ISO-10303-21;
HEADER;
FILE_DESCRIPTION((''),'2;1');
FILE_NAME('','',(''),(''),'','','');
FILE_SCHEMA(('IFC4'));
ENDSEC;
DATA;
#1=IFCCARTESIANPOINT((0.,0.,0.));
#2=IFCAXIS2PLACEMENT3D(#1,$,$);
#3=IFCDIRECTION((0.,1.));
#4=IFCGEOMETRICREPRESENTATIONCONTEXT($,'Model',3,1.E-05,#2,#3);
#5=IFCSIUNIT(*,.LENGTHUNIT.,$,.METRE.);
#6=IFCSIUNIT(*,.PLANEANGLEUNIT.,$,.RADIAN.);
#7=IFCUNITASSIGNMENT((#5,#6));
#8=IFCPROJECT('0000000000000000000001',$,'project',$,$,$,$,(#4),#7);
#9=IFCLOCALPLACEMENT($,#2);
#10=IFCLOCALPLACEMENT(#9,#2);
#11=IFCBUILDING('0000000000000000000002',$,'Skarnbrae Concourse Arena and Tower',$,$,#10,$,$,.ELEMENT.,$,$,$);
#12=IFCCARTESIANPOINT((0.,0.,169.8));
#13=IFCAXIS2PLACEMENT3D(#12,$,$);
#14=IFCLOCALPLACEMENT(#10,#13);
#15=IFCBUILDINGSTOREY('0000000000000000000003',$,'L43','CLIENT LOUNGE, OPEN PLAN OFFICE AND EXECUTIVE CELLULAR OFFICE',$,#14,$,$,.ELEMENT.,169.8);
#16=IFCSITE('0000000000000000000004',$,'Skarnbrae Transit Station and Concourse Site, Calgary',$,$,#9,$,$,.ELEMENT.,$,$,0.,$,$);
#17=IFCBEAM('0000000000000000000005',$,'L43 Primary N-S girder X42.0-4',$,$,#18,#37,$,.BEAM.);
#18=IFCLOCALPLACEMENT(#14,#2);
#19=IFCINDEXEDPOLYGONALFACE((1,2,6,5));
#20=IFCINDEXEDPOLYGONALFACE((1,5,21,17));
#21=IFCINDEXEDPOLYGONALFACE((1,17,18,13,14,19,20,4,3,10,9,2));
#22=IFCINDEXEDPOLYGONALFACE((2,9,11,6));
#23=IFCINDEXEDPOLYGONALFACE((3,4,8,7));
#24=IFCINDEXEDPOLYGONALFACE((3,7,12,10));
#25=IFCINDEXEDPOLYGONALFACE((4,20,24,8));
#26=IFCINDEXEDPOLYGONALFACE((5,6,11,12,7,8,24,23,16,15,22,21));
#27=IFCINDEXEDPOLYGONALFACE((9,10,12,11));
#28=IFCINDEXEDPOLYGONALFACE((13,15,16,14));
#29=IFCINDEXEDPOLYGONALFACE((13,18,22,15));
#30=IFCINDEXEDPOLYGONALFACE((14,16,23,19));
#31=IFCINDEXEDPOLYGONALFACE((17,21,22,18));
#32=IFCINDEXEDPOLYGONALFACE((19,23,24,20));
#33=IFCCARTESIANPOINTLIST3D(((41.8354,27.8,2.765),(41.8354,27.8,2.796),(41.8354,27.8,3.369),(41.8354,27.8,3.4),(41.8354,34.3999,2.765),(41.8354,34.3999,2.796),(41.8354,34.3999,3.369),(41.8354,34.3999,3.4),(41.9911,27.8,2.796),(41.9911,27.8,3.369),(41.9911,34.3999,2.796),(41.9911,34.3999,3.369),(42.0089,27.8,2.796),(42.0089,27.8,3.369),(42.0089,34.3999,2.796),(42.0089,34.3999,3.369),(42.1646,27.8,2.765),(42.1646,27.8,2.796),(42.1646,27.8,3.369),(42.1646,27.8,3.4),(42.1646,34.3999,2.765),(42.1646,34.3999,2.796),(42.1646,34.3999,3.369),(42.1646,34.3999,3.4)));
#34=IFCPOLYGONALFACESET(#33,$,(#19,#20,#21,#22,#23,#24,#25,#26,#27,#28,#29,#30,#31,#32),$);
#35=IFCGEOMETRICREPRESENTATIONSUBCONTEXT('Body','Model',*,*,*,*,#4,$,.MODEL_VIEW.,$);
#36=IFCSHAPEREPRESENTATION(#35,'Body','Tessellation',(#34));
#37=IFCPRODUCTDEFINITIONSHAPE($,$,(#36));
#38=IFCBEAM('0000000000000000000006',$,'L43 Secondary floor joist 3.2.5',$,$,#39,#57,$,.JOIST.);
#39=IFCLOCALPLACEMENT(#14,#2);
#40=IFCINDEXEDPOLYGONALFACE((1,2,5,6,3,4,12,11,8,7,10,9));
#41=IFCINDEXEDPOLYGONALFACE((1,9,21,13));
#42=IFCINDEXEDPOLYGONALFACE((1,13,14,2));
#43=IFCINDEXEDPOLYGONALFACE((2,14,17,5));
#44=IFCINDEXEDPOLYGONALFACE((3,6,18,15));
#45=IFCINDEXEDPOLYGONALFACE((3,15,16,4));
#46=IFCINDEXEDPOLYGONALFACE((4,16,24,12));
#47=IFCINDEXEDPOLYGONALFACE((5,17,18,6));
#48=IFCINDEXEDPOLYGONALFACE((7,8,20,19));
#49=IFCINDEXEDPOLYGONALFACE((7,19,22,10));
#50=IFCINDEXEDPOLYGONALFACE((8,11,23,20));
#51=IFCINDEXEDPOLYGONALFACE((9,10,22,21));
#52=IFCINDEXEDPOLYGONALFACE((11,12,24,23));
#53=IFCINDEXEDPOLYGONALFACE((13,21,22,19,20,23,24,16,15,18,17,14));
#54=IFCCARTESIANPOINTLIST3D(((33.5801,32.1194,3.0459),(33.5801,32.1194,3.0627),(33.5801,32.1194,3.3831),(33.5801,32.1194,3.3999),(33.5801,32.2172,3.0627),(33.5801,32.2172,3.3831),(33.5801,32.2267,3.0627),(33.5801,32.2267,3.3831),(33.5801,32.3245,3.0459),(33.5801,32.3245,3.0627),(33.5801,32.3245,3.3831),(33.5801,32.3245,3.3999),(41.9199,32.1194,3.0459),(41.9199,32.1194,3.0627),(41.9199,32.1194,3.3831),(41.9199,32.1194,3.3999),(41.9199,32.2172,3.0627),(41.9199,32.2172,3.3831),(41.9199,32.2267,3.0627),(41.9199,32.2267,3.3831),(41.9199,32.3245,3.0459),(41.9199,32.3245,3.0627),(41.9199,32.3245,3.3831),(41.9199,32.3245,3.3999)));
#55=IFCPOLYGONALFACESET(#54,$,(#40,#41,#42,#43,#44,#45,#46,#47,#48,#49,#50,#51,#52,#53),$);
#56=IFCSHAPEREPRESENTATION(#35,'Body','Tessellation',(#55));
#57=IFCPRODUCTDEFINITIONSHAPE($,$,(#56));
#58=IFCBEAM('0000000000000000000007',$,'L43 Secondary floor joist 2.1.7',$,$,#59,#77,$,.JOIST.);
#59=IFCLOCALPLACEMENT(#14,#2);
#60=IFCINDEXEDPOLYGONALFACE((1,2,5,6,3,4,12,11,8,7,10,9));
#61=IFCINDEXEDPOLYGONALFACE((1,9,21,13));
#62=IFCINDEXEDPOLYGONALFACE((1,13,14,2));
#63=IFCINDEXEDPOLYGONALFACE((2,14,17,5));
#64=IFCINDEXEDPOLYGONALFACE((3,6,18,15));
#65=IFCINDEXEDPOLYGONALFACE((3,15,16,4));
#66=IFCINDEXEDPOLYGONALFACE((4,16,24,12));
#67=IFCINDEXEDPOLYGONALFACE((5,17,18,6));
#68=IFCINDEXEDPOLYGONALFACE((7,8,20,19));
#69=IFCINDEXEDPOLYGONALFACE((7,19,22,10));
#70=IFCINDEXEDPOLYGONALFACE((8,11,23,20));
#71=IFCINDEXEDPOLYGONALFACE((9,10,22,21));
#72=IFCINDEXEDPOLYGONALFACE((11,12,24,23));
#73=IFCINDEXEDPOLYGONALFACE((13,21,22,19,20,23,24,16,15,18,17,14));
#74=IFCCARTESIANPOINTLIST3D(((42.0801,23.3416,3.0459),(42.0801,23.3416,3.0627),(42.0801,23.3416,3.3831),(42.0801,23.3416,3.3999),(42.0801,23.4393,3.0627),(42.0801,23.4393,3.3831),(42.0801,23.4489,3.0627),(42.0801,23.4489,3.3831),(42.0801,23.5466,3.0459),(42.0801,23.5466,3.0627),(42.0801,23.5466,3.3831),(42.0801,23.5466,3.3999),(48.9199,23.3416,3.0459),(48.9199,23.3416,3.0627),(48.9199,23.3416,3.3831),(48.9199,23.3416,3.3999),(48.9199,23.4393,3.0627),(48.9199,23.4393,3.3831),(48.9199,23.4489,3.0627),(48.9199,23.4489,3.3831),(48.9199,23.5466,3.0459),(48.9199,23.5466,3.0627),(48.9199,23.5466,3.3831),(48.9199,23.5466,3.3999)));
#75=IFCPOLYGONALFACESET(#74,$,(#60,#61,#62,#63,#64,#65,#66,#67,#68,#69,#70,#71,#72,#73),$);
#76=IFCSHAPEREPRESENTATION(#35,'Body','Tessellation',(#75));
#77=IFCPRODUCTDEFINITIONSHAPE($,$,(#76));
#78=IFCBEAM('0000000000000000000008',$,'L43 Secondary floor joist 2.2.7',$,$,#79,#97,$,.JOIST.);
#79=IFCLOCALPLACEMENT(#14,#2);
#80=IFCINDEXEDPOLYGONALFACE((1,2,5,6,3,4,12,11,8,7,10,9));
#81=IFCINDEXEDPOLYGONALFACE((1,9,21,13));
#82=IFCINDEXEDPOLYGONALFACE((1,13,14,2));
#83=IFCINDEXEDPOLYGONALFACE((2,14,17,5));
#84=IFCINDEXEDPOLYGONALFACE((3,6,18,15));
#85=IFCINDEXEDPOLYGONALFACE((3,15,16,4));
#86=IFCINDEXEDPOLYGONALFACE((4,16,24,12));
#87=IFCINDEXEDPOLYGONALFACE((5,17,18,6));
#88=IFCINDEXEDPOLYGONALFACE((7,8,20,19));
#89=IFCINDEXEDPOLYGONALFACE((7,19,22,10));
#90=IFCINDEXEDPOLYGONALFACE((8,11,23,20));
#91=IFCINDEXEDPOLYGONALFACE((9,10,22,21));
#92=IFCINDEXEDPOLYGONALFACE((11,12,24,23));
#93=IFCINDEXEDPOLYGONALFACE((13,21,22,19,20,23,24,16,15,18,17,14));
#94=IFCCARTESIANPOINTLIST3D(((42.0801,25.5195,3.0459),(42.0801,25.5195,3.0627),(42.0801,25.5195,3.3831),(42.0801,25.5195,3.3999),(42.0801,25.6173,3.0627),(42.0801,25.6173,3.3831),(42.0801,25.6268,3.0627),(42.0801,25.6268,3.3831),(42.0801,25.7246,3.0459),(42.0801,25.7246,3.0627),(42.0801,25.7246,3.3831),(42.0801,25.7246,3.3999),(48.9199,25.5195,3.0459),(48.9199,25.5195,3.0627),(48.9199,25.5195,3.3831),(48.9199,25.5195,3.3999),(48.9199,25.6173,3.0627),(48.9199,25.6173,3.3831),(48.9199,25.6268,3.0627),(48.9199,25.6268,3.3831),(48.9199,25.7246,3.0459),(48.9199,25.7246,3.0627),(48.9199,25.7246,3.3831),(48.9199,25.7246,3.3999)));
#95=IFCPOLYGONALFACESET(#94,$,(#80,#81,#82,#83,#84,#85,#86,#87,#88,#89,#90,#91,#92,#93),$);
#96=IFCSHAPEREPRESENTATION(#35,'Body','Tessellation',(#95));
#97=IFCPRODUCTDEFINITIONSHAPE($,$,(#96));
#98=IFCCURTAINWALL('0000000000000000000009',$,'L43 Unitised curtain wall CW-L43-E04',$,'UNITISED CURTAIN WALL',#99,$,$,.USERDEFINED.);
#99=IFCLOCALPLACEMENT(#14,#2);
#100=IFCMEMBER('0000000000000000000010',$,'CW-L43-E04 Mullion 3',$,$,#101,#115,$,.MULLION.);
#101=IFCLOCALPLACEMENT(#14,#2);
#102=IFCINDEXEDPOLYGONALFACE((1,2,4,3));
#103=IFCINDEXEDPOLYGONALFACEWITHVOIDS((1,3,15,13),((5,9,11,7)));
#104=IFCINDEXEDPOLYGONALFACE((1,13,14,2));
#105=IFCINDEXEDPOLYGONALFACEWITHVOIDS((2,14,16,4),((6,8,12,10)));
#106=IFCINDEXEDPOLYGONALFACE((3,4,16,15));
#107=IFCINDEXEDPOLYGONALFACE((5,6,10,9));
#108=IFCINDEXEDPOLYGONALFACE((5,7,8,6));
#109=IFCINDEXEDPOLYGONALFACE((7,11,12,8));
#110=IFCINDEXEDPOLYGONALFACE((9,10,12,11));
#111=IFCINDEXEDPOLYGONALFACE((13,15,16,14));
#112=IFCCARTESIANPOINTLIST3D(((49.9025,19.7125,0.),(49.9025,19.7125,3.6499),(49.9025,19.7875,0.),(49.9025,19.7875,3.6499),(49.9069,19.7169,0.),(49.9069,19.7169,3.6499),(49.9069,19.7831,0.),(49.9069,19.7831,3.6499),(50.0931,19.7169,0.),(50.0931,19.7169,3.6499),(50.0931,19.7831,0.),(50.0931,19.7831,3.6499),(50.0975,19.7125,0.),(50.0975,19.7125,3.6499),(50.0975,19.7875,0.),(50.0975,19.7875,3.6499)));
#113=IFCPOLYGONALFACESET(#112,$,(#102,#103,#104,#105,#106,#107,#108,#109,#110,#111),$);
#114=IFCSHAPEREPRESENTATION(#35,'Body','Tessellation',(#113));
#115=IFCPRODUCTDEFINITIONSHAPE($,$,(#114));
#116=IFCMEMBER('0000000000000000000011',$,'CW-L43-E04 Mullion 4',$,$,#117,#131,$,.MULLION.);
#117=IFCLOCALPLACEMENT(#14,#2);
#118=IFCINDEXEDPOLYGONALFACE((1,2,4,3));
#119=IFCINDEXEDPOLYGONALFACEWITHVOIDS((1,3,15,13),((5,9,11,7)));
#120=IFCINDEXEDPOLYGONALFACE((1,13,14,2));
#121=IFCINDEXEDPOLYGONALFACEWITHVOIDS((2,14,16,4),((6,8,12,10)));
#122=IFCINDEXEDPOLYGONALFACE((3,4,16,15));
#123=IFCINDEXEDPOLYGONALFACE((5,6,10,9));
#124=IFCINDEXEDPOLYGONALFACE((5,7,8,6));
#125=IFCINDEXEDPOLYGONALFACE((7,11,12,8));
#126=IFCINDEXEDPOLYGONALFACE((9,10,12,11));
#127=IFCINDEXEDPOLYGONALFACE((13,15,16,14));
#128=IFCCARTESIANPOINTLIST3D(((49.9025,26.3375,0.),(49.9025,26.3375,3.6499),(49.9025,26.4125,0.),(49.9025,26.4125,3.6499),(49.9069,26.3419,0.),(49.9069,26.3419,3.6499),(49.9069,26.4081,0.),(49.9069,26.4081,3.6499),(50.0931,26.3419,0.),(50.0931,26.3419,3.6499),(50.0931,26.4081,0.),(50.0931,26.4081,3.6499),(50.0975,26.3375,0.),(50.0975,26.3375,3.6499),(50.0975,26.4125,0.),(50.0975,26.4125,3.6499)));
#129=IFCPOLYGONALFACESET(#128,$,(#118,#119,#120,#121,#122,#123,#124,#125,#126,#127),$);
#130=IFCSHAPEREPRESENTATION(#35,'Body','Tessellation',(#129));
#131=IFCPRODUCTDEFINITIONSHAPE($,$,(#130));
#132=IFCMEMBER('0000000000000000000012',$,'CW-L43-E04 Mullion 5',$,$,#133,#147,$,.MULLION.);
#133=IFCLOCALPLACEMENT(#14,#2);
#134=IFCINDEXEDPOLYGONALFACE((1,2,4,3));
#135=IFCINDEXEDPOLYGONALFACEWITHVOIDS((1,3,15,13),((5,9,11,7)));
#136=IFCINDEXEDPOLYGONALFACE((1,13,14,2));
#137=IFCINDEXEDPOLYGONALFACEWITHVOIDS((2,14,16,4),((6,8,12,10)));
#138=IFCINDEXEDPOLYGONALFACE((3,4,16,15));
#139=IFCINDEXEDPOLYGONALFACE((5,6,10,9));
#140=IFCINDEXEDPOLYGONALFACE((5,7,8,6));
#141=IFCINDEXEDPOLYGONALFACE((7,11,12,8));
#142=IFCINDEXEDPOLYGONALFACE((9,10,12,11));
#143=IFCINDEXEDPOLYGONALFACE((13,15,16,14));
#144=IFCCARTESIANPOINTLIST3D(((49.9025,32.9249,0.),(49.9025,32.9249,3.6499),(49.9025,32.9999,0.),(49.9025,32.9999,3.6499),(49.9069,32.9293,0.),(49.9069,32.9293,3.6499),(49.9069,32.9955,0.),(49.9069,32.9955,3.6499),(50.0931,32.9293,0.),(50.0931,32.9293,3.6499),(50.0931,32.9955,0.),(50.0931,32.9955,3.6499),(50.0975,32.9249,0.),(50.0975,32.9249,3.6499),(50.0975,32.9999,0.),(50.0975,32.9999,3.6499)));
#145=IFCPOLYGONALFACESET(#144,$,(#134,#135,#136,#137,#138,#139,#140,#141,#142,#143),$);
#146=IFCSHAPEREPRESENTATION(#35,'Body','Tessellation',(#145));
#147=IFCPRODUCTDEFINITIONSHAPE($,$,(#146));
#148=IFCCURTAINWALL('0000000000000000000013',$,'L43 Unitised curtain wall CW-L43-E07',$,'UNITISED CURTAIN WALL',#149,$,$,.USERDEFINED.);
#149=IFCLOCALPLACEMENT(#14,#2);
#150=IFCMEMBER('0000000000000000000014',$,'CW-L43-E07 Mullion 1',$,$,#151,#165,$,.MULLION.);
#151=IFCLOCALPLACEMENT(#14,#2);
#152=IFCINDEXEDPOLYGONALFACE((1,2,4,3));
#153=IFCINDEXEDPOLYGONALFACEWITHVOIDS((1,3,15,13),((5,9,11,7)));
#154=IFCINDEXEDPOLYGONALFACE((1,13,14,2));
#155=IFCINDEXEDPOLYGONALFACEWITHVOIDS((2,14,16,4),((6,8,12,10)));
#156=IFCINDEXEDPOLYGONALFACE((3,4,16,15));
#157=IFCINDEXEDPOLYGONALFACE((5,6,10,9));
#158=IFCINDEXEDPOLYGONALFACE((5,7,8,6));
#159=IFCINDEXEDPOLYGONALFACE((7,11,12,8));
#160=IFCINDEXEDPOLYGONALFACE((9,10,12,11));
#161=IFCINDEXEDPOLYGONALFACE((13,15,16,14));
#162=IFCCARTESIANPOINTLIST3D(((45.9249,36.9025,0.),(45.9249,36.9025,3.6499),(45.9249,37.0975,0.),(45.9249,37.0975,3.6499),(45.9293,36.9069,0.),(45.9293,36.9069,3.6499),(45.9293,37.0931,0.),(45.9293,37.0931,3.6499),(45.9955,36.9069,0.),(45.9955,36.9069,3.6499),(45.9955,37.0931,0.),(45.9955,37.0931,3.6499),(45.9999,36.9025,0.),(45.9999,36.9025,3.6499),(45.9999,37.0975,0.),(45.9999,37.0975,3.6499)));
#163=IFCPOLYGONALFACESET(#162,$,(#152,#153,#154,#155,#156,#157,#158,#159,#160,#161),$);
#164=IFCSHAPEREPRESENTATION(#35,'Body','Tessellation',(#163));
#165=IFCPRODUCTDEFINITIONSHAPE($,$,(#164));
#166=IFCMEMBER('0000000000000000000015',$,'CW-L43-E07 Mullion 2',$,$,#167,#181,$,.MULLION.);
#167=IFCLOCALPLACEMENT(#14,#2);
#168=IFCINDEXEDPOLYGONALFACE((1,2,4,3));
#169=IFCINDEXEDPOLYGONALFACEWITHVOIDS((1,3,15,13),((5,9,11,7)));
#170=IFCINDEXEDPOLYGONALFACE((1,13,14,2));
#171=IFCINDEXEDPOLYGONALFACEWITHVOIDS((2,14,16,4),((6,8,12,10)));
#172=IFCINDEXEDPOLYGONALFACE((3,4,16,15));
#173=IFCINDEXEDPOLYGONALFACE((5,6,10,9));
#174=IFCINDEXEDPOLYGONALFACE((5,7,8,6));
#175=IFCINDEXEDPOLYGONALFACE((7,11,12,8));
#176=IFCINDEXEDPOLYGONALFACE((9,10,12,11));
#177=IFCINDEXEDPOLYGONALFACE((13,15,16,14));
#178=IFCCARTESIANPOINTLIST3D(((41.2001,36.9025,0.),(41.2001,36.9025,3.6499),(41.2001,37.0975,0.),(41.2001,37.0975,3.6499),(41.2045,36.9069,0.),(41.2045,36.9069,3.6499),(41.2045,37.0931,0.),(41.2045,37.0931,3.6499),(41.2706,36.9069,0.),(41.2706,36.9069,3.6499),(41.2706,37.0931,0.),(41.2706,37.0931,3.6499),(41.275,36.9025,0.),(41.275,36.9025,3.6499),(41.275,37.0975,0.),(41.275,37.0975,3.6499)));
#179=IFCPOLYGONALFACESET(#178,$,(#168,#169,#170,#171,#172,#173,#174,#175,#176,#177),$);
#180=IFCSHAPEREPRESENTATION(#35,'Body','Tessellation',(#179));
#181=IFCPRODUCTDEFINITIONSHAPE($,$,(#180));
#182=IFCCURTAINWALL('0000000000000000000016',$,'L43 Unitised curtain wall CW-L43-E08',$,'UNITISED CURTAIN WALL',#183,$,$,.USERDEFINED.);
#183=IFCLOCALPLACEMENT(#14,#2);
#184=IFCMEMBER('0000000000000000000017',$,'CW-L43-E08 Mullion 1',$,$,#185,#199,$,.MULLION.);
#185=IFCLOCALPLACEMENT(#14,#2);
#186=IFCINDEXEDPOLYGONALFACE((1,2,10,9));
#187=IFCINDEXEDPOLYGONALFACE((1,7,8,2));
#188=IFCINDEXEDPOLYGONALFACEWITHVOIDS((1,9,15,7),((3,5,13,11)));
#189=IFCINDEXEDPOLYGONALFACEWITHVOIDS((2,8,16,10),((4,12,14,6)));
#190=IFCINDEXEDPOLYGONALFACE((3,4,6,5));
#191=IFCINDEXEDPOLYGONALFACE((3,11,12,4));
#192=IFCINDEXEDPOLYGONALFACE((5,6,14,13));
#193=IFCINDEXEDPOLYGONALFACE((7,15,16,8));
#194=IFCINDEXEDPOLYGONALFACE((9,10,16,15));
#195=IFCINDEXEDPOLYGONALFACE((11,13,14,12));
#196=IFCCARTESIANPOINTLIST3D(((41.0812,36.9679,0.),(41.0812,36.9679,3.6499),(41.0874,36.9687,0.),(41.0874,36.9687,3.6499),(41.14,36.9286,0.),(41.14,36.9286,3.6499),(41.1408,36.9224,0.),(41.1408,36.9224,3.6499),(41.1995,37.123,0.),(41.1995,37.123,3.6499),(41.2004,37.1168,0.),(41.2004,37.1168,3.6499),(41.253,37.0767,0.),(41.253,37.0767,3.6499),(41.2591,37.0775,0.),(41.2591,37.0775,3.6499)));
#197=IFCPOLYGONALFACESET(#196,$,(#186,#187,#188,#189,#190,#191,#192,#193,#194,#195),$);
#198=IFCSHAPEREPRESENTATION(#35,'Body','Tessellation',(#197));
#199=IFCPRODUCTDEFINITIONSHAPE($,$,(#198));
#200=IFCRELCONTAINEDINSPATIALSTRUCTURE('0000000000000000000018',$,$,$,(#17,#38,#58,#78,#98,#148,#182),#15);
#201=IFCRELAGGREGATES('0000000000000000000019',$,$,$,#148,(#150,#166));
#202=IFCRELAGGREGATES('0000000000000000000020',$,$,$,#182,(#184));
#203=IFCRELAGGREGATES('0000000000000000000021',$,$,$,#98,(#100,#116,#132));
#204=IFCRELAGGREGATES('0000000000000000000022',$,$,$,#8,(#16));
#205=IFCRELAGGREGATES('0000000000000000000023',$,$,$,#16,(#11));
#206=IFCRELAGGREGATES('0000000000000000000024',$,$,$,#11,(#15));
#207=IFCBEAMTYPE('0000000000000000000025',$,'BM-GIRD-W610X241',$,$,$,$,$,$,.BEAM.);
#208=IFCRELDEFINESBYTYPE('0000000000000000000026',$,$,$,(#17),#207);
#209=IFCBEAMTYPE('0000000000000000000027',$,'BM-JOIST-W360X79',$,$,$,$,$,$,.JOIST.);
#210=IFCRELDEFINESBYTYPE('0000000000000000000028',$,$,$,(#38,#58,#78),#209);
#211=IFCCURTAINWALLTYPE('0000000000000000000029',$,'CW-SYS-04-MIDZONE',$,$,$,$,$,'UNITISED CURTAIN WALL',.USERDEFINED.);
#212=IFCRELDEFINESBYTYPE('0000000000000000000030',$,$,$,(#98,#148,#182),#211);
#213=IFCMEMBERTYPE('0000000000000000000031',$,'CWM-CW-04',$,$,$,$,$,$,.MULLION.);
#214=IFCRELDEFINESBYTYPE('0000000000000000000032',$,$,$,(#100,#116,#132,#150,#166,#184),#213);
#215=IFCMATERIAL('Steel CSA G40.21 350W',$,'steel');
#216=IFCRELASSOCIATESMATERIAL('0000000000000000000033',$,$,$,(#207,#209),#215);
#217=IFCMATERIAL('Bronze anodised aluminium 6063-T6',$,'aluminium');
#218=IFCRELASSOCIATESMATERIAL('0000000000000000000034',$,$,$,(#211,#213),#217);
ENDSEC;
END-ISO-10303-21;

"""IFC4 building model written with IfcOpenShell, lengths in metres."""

from ifc_helpers import new_model, si_unit, direction, frame, origin, origin_2d, place, context, subcontext, project, spatial, hollow_rectangle, i_section, extrude, source, transform, mapped, material, material_profile, profile_set, type_object, element, aggregate, save


model = new_model("IFC4")

# Units and contexts
model_context = context("Model", 3, precision=1e-05, world=origin(), true_north=direction((0.0, 1.0)))
body_context = subcontext(model_context, "Body", "Model", "MODEL_VIEW")
ifc_project = project(units=[si_unit("LENGTHUNIT", "METRE"), si_unit("PLANEANGLEUNIT", "RADIAN")], contexts=[model_context])

# Site, building, storey
site_placement = place(None, origin())
site = spatial("IfcSite", under=ifc_project, at=site_placement, Name="Skarnbrae Transit Station and Concourse Site, Calgary", CompositionType="ELEMENT", RefElevation=0.0)
building_placement = place(site_placement, origin())
building = spatial("IfcBuilding", under=site, at=building_placement, Name="Skarnbrae Concourse Arena and Tower", CompositionType="ELEMENT")
storey_placement = place(building_placement, frame((0.0, 0.0, 169.8)))
storey = spatial("IfcBuildingStorey", under=building, at=storey_placement, Name="L43", Description="CLIENT LOUNGE, OPEN PLAN OFFICE AND EXECUTIVE CELLULAR OFFICE", CompositionType="ELEMENT", Elevation=169.8)

# Shared definitions
ifc_material_1 = material(Name="Steel CSA G40.21 350W", Category="steel")

# Beams
ifc_material_profile_1 = material_profile(ifc_material_1, i_section(OverallWidth=0.3291, OverallDepth=0.635, WebThickness=0.0178, FlangeThickness=0.031, at=origin_2d()), Name="W610X241")
ifc_profile_set_1 = profile_set([ifc_material_profile_1], Name="Steel CSA G40.21 350W")
beam_type_1 = type_object("IfcBeamType", Name="BM-GIRD-W610X241", PredefinedType="BEAM", material=ifc_profile_set_1)
shared_shape_1 = source(origin(), body_context, "Body", "SweptSolid", [
    extrude(i_section(OverallWidth=0.3291, OverallDepth=0.635, WebThickness=0.0178, FlangeThickness=0.031, at=origin_2d()), origin(), (0.0, 0.0, 1.0), 6.5999),
])
beam_1_placement = place(storey_placement, frame((42.0, 27.8, 3.0825), z_axis=(0.0, 1.0, 0.0), x_axis=(-1.0, 0.0, 0.0)))
element("IfcBeam", 1, at=beam_1_placement, inside=storey, type_object=beam_type_1, Name="L43 Primary N-S girder X42.0-4", PredefinedType="BEAM", context=body_context, shape_type="MappedRepresentation", body=[
    mapped(shared_shape_1, transform((0.0, 0.0, 0.0))),
])
ifc_material_profile_2 = material_profile(ifc_material_1, i_section(OverallWidth=0.2051, OverallDepth=0.354, WebThickness=0.0095, FlangeThickness=0.0168, at=origin_2d()), Name="W360X79")
ifc_profile_set_2 = profile_set([ifc_material_profile_2], Name="Steel CSA G40.21 350W")
beam_type_2 = type_object("IfcBeamType", Name="BM-JOIST-W360X79", PredefinedType="JOIST", material=ifc_profile_set_2)
shared_shape_2 = source(origin(), body_context, "Body", "SweptSolid", [
    extrude(i_section(OverallWidth=0.2051, OverallDepth=0.354, WebThickness=0.0095, FlangeThickness=0.0168, at=origin_2d()), origin(), (0.0, 0.0, 1.0), 8.3398),
])
beam_2_placement = place(storey_placement, frame((33.5801, 32.2219, 3.2229), z_axis=(1.0, 0.0, 0.0), x_axis=(0.0, 1.0, 0.0)))
element("IfcBeam", 2, at=beam_2_placement, inside=storey, type_object=beam_type_2, Name="L43 Secondary floor joist 3.2.5", PredefinedType="JOIST", context=body_context, shape_type="MappedRepresentation", body=[
    mapped(shared_shape_2, transform((0.0, 0.0, 0.0))),
])
shared_shape_3 = source(origin(), body_context, "Body", "SweptSolid", [
    extrude(i_section(OverallWidth=0.2051, OverallDepth=0.354, WebThickness=0.0095, FlangeThickness=0.0168, at=origin_2d()), origin(), (0.0, 0.0, 1.0), 6.8398),
])
for number, where, z_axis, x_axis, name in (
    (3, (42.0801, 23.4441, 3.2229), (1.0, 0.0, 0.0), (0.0, 1.0, 0.0), "L43 Secondary floor joist 2.1.7"),
    (4, (42.0801, 25.6221, 3.2229), (1.0, 0.0, 0.0), (0.0, 1.0, 0.0), "L43 Secondary floor joist 2.2.7"),
):
    element("IfcBeam", number, at=place(storey_placement, frame(where, z_axis=z_axis, x_axis=x_axis)), inside=storey, type_object=beam_type_2, Name=name, PredefinedType="JOIST", context=body_context, shape_type="MappedRepresentation", body=[
        mapped(shared_shape_3, transform((0.0, 0.0, 0.0))),
    ])

# Curtain walls, members
ifc_material_2 = material(Name="Bronze anodised aluminium 6063-T6", Category="aluminium")
curtain_wall_type = type_object("IfcCurtainWallType", Name="CW-SYS-04-MIDZONE", ElementType="UNITISED CURTAIN WALL", PredefinedType="USERDEFINED", material=ifc_material_2)
curtain_wall_1_placement = place(storey_placement, origin())
curtain_wall_1 = element("IfcCurtainWall", 5, at=curtain_wall_1_placement, inside=storey, type_object=curtain_wall_type, Name="L43 Unitised curtain wall CW-L43-E04", ObjectType="UNITISED CURTAIN WALL", PredefinedType="USERDEFINED")
ifc_material_profile_3 = material_profile(ifc_material_2, hollow_rectangle(XDim=0.075, YDim=0.1951, WallThickness=0.0044, at=origin_2d()), Name="ALU-MULL-75X195")
ifc_profile_set_3 = profile_set([ifc_material_profile_3], Name="Bronze anodised aluminium 6063-T6")
member_type_1 = type_object("IfcMemberType", Name="CWM-CW-04", PredefinedType="MULLION", material=ifc_profile_set_3)
shared_shape_4 = source(origin(), body_context, "Body", "SweptSolid", [
    extrude(hollow_rectangle(XDim=0.075, YDim=0.1951, WallThickness=0.0044, at=origin_2d()), origin(), (0.0, 0.0, 1.0), 3.6499),
])
member_1_placement = place(storey_placement, frame((50.0, 19.75, 0.0), z_axis=(0.0, 0.0, 1.0), x_axis=(0.0, 1.0, 0.0)))
member_1 = element("IfcMember", 6, at=member_1_placement, type_object=member_type_1, Name="CW-L43-E04 Mullion 3", PredefinedType="MULLION", context=body_context, shape_type="MappedRepresentation", body=[
    mapped(shared_shape_4, transform((0.0, 0.0, 0.0))),
])
member_2_placement = place(storey_placement, frame((50.0, 26.375, 0.0), z_axis=(0.0, 0.0, 1.0), x_axis=(0.0, 1.0, 0.0)))
member_2 = element("IfcMember", 7, at=member_2_placement, type_object=member_type_1, Name="CW-L43-E04 Mullion 4", PredefinedType="MULLION", context=body_context, shape_type="MappedRepresentation", body=[
    mapped(shared_shape_4, transform((0.0, 0.0, 0.0))),
])
member_3_placement = place(storey_placement, frame((50.0, 32.9624, 0.0), z_axis=(0.0, 0.0, 1.0), x_axis=(0.0, 1.0, 0.0)))
member_3 = element("IfcMember", 8, at=member_3_placement, type_object=member_type_1, Name="CW-L43-E04 Mullion 5", PredefinedType="MULLION", context=body_context, shape_type="MappedRepresentation", body=[
    mapped(shared_shape_4, transform((0.0, 0.0, 0.0))),
])
curtain_wall_2_placement = place(storey_placement, origin())
curtain_wall_2 = element("IfcCurtainWall", 9, at=curtain_wall_2_placement, inside=storey, type_object=curtain_wall_type, Name="L43 Unitised curtain wall CW-L43-E07", ObjectType="UNITISED CURTAIN WALL", PredefinedType="USERDEFINED")
member_4_placement = place(storey_placement, frame((45.9624, 37.0, 0.0), z_axis=(0.0, 0.0, 1.0), x_axis=(-1.0, 0.0, 0.0)))
member_4 = element("IfcMember", 10, at=member_4_placement, type_object=member_type_1, Name="CW-L43-E07 Mullion 1", PredefinedType="MULLION", context=body_context, shape_type="MappedRepresentation", body=[
    mapped(shared_shape_4, transform((0.0, 0.0, 0.0))),
])
member_5_placement = place(storey_placement, frame((41.2375, 37.0, 0.0), z_axis=(0.0, 0.0, 1.0), x_axis=(-1.0, 0.0, 0.0)))
member_5 = element("IfcMember", 11, at=member_5_placement, type_object=member_type_1, Name="CW-L43-E07 Mullion 2", PredefinedType="MULLION", context=body_context, shape_type="MappedRepresentation", body=[
    mapped(shared_shape_4, transform((0.0, 0.0, 0.0))),
])
curtain_wall_3_placement = place(storey_placement, origin())
curtain_wall_3 = element("IfcCurtainWall", 12, at=curtain_wall_3_placement, inside=storey, type_object=curtain_wall_type, Name="L43 Unitised curtain wall CW-L43-E08", ObjectType="UNITISED CURTAIN WALL", PredefinedType="USERDEFINED")
member_6_placement = place(storey_placement, frame((41.1702, 37.0227, 0.0), z_axis=(0.0, 0.0, 1.0), x_axis=(-0.794956, 0.606667, 0.0)))
member_6 = element("IfcMember", 13, at=member_6_placement, type_object=member_type_1, Name="CW-L43-E08 Mullion 1", PredefinedType="MULLION", context=body_context, shape_type="MappedRepresentation", body=[
    mapped(shared_shape_4, transform((0.0, 0.0, 0.0))),
])

aggregate(curtain_wall_2, [member_4, member_5])
aggregate(curtain_wall_3, [member_6])
aggregate(curtain_wall_1, [member_1, member_2, member_3])

save(model, "model.ifc")
